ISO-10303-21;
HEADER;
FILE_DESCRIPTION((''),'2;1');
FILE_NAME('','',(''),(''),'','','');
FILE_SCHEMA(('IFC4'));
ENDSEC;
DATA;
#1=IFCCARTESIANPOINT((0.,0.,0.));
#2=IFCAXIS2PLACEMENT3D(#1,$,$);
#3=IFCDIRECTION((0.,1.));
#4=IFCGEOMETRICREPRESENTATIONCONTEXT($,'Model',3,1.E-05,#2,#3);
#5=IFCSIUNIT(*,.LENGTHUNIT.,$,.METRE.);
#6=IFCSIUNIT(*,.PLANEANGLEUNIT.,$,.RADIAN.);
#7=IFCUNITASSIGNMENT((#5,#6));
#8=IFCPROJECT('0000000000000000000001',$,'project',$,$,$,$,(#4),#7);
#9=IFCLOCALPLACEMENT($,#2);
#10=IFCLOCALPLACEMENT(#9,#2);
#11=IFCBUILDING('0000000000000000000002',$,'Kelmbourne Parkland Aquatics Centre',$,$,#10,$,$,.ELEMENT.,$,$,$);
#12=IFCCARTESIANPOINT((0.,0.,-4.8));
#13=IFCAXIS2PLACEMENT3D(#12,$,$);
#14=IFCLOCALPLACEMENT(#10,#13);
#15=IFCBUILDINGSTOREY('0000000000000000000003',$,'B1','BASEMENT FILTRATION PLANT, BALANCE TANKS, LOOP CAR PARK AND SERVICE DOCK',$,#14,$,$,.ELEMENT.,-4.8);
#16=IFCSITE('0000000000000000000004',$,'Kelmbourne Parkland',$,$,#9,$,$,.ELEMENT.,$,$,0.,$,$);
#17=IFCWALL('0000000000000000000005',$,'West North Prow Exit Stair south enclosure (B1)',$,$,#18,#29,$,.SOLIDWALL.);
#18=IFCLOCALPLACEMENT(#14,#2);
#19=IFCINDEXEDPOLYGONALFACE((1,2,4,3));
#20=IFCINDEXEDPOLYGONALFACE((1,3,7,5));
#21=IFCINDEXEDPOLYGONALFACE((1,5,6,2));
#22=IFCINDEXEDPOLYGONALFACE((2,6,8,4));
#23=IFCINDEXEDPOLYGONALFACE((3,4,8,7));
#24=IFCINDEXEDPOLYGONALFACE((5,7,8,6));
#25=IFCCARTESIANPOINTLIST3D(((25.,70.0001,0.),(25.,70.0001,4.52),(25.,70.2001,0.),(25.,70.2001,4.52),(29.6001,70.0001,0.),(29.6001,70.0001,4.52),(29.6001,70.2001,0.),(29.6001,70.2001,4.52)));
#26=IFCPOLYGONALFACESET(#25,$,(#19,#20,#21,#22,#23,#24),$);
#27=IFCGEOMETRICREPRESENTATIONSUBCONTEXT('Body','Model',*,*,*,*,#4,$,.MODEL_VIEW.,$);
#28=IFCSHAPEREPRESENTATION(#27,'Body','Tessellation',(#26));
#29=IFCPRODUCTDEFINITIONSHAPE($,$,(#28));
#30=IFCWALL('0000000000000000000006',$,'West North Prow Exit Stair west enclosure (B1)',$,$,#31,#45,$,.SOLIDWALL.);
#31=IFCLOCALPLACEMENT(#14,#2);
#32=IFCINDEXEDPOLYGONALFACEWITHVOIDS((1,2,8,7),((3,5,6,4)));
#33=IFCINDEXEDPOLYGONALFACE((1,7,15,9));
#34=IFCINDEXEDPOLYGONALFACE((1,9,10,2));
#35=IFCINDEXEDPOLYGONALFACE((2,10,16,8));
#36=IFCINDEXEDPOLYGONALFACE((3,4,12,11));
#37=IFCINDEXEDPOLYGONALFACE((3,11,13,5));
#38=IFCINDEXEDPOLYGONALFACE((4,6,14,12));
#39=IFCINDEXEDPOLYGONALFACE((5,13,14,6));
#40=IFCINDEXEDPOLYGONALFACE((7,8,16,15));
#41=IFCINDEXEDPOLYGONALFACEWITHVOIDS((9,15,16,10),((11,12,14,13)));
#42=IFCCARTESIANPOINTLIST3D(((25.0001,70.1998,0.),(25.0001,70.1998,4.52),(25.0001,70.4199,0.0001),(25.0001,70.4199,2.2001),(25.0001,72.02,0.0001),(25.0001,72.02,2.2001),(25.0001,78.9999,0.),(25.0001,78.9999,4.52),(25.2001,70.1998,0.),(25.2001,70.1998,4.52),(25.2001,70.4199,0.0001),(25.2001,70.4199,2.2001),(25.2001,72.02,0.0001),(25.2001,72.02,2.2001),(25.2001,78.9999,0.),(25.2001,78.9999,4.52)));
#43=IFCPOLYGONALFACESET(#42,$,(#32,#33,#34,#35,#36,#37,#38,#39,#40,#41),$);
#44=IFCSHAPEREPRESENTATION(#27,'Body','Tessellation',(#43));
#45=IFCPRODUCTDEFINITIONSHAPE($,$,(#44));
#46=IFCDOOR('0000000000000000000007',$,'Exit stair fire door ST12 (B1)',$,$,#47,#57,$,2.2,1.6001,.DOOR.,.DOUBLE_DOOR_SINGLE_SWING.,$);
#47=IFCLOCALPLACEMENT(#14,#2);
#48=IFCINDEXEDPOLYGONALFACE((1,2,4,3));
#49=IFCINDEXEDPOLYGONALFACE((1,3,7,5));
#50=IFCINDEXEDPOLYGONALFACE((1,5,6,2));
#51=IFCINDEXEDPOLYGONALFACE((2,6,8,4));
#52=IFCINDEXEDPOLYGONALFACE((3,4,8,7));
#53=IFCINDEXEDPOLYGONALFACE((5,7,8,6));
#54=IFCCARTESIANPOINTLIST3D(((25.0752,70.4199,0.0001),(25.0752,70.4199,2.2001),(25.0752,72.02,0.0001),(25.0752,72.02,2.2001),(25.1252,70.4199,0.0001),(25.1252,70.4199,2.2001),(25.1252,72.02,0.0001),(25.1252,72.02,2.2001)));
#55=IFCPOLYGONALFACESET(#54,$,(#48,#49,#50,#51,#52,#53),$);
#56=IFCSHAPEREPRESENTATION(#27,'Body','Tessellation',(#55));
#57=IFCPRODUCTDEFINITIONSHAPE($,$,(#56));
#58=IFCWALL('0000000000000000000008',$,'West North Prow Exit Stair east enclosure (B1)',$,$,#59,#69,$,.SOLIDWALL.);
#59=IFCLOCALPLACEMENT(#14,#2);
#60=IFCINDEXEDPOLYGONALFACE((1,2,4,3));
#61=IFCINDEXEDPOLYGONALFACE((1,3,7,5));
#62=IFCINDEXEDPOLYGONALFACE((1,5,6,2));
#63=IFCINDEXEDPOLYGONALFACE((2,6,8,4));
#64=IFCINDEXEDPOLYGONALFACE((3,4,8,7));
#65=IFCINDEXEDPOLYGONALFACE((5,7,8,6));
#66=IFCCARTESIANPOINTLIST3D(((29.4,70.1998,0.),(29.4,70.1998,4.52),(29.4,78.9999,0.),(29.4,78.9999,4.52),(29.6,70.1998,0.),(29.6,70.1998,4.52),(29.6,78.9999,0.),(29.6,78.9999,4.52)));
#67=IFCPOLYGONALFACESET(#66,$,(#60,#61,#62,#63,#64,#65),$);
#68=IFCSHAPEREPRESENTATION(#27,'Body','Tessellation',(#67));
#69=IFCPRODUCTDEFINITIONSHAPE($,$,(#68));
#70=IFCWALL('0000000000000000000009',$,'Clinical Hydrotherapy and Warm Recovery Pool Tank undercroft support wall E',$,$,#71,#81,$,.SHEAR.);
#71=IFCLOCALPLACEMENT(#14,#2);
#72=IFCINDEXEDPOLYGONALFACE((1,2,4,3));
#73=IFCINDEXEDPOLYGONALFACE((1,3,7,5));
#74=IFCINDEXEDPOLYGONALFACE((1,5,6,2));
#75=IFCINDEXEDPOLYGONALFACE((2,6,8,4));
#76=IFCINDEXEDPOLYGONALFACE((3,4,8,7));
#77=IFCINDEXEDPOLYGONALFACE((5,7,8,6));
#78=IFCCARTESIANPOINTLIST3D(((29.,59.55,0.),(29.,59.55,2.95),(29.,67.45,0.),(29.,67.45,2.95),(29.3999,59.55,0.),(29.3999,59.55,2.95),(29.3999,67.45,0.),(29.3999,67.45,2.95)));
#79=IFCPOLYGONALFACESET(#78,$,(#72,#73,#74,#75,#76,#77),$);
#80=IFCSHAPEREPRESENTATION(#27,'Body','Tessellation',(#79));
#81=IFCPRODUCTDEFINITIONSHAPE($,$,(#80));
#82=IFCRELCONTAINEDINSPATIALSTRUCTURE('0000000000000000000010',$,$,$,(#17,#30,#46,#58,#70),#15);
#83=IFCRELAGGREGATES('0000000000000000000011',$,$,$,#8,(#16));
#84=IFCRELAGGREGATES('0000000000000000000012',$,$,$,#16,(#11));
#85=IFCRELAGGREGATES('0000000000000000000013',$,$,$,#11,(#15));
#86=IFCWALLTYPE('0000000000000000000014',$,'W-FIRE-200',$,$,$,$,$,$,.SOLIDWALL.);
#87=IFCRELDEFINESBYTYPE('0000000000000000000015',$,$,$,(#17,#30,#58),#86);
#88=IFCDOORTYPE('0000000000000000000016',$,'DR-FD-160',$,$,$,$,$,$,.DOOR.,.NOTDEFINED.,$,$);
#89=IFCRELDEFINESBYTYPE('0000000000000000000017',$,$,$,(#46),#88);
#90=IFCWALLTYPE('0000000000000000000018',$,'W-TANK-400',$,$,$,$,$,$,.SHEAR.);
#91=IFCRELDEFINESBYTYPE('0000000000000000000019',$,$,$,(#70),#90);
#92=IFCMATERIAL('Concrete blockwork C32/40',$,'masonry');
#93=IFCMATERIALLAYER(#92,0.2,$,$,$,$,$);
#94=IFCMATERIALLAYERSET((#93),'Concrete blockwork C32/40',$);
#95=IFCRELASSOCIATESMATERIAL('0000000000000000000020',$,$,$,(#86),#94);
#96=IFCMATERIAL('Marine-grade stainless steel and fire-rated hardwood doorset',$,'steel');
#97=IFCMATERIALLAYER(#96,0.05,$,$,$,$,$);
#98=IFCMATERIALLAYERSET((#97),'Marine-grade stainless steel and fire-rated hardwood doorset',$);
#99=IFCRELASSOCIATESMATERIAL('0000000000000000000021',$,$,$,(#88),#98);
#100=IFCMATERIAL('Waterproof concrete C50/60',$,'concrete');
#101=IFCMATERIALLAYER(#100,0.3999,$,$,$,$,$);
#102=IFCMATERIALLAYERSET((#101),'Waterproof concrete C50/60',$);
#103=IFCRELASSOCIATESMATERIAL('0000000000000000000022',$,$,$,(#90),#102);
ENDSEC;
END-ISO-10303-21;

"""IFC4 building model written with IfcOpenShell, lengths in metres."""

from ifc_helpers import new_model, si_unit, direction, frame, frame_2d, origin, place, context, subcontext, project, spatial, rectangle, extrude, material, layer, layer_set, type_object, element, fill, save


model = new_model("IFC4")

# Units and contexts
model_context = context("Model", 3, precision=1e-05, world=origin(), true_north=direction((0.0, 1.0)))
body_context = subcontext(model_context, "Body", "Model", "MODEL_VIEW")
ifc_project = project(units=[si_unit("LENGTHUNIT", "METRE"), si_unit("PLANEANGLEUNIT", "RADIAN")], contexts=[model_context])

# Site, building, storey
site_placement = place(None, origin())
site = spatial("IfcSite", under=ifc_project, at=site_placement, Name="Kelmbourne Parkland", CompositionType="ELEMENT", RefElevation=0.0)
building_placement = place(site_placement, origin())
building = spatial("IfcBuilding", under=site, at=building_placement, Name="Kelmbourne Parkland Aquatics Centre", CompositionType="ELEMENT")
storey_placement = place(building_placement, frame((0.0, 0.0, -4.8)))
storey = spatial("IfcBuildingStorey", under=building, at=storey_placement, Name="B1", Description="BASEMENT FILTRATION PLANT, BALANCE TANKS, LOOP CAR PARK AND SERVICE DOCK", CompositionType="ELEMENT", Elevation=-4.8)

# Shared definitions
ifc_material_1 = material(Name="Waterproof concrete C50/60", Category="concrete")

# Wall
ifc_material_2 = material(Name="Concrete blockwork C32/40", Category="masonry")
ifc_layer_1 = layer(ifc_material_2, 0.2)
ifc_layer_set_1 = layer_set([ifc_layer_1], Name="Concrete blockwork C32/40")
wall_type_1 = type_object("IfcWallType", Name="W-FIRE-200", PredefinedType="SOLIDWALL", material=ifc_layer_set_1)
wall_1_placement = place(storey_placement, frame((25.0, 70.1001, 0.0), z_axis=(0.0, 0.0, 1.0), x_axis=(1.0, 0.0, 0.0)))
element("IfcWall", 1, at=wall_1_placement, inside=storey, type_object=wall_type_1, Name="West North Prow Exit Stair south enclosure (B1)", PredefinedType="SOLIDWALL", context=body_context, shape_type="SweptSolid", body=[
    extrude(rectangle(XDim=4.6001, YDim=0.2, at=frame_2d((2.3, 0.0))), origin(), (0.0, 0.0, 1.0), 4.52),
])

# Wall, opening, door
wall_2_placement = place(storey_placement, frame((25.1001, 70.2, 0.0), z_axis=(0.0, 0.0, 1.0), x_axis=(0.0, 1.0, 0.0)))
wall_2 = element("IfcWall", 2, at=wall_2_placement, inside=storey, type_object=wall_type_1, Name="West North Prow Exit Stair west enclosure (B1)", PredefinedType="SOLIDWALL", context=body_context, shape_type="SweptSolid", body=[
    extrude(rectangle(XDim=8.8, YDim=0.2, at=frame_2d((4.3999, 0.0))), origin(), (0.0, 0.0, 1.0), 4.52),
])
opening_placement = place(wall_2_placement, frame((0.22, 0.0, 0.0)))
opening = element("IfcOpeningElement", 3, at=opening_placement, cuts=wall_2, PredefinedType="OPENING", context=body_context, shape_type="SweptSolid", body=[
    extrude(rectangle(XDim=1.6001, YDim=2.2, at=frame_2d((0.8, 1.1001))), frame((0.0, 0.1118, 0.0), z_axis=(0.0, -1.0, 0.0), x_axis=(1.0, 0.0, 0.0)), (0.0, 0.0, 1.0), 0.2239),
])
ifc_material_3 = material(Name="Marine-grade stainless steel and fire-rated hardwood doorset", Category="steel")
ifc_layer_2 = layer(ifc_material_3, 0.05)
ifc_layer_set_2 = layer_set([ifc_layer_2], Name="Marine-grade stainless steel and fire-rated hardwood doorset")
door_type = type_object("IfcDoorType", Name="DR-FD-160", OperationType="NOTDEFINED", PredefinedType="DOOR", material=ifc_layer_set_2)
door_placement = place(opening_placement, origin())
door = element("IfcDoor", 4, at=door_placement, inside=storey, type_object=door_type, Name="Exit stair fire door ST12 (B1)", OperationType="DOUBLE_DOOR_SINGLE_SWING", OverallHeight=2.2, OverallWidth=1.6001, PredefinedType="DOOR", context=body_context, shape_type="SweptSolid", body=[
    extrude(rectangle(XDim=1.6001, YDim=2.2, at=frame_2d((0.8, 1.1001))), frame((0.0, 0.0249, 0.0), z_axis=(0.0, -1.0, 0.0), x_axis=(1.0, 0.0, 0.0)), (0.0, 0.0, 1.0), 0.05),
])
fill(opening, door)

# Walls
wall_3_placement = place(storey_placement, frame((29.5, 70.2, 0.0), z_axis=(0.0, 0.0, 1.0), x_axis=(0.0, 1.0, 0.0)))
element("IfcWall", 5, at=wall_3_placement, inside=storey, type_object=wall_type_1, Name="West North Prow Exit Stair east enclosure (B1)", PredefinedType="SOLIDWALL", context=body_context, shape_type="SweptSolid", body=[
    extrude(rectangle(XDim=8.8, YDim=0.2, at=frame_2d((4.3999, 0.0))), origin(), (0.0, 0.0, 1.0), 4.52),
])
ifc_layer_3 = layer(ifc_material_1, 0.3999)
ifc_layer_set_3 = layer_set([ifc_layer_3], Name="Waterproof concrete C50/60")
wall_type_2 = type_object("IfcWallType", Name="W-TANK-400", PredefinedType="SHEAR", material=ifc_layer_set_3)
wall_4_placement = place(storey_placement, frame((29.2, 59.55, 0.0), z_axis=(0.0, 0.0, 1.0), x_axis=(0.0, 1.0, 0.0)))
element("IfcWall", 6, at=wall_4_placement, inside=storey, type_object=wall_type_2, Name="Clinical Hydrotherapy and Warm Recovery Pool Tank undercroft support wall E", PredefinedType="SHEAR", context=body_context, shape_type="SweptSolid", body=[
    extrude(rectangle(XDim=7.8999, YDim=0.3999, at=frame_2d((3.95, 0.0))), origin(), (0.0, 0.0, 1.0), 2.95),
])

save(model, "model.ifc")
